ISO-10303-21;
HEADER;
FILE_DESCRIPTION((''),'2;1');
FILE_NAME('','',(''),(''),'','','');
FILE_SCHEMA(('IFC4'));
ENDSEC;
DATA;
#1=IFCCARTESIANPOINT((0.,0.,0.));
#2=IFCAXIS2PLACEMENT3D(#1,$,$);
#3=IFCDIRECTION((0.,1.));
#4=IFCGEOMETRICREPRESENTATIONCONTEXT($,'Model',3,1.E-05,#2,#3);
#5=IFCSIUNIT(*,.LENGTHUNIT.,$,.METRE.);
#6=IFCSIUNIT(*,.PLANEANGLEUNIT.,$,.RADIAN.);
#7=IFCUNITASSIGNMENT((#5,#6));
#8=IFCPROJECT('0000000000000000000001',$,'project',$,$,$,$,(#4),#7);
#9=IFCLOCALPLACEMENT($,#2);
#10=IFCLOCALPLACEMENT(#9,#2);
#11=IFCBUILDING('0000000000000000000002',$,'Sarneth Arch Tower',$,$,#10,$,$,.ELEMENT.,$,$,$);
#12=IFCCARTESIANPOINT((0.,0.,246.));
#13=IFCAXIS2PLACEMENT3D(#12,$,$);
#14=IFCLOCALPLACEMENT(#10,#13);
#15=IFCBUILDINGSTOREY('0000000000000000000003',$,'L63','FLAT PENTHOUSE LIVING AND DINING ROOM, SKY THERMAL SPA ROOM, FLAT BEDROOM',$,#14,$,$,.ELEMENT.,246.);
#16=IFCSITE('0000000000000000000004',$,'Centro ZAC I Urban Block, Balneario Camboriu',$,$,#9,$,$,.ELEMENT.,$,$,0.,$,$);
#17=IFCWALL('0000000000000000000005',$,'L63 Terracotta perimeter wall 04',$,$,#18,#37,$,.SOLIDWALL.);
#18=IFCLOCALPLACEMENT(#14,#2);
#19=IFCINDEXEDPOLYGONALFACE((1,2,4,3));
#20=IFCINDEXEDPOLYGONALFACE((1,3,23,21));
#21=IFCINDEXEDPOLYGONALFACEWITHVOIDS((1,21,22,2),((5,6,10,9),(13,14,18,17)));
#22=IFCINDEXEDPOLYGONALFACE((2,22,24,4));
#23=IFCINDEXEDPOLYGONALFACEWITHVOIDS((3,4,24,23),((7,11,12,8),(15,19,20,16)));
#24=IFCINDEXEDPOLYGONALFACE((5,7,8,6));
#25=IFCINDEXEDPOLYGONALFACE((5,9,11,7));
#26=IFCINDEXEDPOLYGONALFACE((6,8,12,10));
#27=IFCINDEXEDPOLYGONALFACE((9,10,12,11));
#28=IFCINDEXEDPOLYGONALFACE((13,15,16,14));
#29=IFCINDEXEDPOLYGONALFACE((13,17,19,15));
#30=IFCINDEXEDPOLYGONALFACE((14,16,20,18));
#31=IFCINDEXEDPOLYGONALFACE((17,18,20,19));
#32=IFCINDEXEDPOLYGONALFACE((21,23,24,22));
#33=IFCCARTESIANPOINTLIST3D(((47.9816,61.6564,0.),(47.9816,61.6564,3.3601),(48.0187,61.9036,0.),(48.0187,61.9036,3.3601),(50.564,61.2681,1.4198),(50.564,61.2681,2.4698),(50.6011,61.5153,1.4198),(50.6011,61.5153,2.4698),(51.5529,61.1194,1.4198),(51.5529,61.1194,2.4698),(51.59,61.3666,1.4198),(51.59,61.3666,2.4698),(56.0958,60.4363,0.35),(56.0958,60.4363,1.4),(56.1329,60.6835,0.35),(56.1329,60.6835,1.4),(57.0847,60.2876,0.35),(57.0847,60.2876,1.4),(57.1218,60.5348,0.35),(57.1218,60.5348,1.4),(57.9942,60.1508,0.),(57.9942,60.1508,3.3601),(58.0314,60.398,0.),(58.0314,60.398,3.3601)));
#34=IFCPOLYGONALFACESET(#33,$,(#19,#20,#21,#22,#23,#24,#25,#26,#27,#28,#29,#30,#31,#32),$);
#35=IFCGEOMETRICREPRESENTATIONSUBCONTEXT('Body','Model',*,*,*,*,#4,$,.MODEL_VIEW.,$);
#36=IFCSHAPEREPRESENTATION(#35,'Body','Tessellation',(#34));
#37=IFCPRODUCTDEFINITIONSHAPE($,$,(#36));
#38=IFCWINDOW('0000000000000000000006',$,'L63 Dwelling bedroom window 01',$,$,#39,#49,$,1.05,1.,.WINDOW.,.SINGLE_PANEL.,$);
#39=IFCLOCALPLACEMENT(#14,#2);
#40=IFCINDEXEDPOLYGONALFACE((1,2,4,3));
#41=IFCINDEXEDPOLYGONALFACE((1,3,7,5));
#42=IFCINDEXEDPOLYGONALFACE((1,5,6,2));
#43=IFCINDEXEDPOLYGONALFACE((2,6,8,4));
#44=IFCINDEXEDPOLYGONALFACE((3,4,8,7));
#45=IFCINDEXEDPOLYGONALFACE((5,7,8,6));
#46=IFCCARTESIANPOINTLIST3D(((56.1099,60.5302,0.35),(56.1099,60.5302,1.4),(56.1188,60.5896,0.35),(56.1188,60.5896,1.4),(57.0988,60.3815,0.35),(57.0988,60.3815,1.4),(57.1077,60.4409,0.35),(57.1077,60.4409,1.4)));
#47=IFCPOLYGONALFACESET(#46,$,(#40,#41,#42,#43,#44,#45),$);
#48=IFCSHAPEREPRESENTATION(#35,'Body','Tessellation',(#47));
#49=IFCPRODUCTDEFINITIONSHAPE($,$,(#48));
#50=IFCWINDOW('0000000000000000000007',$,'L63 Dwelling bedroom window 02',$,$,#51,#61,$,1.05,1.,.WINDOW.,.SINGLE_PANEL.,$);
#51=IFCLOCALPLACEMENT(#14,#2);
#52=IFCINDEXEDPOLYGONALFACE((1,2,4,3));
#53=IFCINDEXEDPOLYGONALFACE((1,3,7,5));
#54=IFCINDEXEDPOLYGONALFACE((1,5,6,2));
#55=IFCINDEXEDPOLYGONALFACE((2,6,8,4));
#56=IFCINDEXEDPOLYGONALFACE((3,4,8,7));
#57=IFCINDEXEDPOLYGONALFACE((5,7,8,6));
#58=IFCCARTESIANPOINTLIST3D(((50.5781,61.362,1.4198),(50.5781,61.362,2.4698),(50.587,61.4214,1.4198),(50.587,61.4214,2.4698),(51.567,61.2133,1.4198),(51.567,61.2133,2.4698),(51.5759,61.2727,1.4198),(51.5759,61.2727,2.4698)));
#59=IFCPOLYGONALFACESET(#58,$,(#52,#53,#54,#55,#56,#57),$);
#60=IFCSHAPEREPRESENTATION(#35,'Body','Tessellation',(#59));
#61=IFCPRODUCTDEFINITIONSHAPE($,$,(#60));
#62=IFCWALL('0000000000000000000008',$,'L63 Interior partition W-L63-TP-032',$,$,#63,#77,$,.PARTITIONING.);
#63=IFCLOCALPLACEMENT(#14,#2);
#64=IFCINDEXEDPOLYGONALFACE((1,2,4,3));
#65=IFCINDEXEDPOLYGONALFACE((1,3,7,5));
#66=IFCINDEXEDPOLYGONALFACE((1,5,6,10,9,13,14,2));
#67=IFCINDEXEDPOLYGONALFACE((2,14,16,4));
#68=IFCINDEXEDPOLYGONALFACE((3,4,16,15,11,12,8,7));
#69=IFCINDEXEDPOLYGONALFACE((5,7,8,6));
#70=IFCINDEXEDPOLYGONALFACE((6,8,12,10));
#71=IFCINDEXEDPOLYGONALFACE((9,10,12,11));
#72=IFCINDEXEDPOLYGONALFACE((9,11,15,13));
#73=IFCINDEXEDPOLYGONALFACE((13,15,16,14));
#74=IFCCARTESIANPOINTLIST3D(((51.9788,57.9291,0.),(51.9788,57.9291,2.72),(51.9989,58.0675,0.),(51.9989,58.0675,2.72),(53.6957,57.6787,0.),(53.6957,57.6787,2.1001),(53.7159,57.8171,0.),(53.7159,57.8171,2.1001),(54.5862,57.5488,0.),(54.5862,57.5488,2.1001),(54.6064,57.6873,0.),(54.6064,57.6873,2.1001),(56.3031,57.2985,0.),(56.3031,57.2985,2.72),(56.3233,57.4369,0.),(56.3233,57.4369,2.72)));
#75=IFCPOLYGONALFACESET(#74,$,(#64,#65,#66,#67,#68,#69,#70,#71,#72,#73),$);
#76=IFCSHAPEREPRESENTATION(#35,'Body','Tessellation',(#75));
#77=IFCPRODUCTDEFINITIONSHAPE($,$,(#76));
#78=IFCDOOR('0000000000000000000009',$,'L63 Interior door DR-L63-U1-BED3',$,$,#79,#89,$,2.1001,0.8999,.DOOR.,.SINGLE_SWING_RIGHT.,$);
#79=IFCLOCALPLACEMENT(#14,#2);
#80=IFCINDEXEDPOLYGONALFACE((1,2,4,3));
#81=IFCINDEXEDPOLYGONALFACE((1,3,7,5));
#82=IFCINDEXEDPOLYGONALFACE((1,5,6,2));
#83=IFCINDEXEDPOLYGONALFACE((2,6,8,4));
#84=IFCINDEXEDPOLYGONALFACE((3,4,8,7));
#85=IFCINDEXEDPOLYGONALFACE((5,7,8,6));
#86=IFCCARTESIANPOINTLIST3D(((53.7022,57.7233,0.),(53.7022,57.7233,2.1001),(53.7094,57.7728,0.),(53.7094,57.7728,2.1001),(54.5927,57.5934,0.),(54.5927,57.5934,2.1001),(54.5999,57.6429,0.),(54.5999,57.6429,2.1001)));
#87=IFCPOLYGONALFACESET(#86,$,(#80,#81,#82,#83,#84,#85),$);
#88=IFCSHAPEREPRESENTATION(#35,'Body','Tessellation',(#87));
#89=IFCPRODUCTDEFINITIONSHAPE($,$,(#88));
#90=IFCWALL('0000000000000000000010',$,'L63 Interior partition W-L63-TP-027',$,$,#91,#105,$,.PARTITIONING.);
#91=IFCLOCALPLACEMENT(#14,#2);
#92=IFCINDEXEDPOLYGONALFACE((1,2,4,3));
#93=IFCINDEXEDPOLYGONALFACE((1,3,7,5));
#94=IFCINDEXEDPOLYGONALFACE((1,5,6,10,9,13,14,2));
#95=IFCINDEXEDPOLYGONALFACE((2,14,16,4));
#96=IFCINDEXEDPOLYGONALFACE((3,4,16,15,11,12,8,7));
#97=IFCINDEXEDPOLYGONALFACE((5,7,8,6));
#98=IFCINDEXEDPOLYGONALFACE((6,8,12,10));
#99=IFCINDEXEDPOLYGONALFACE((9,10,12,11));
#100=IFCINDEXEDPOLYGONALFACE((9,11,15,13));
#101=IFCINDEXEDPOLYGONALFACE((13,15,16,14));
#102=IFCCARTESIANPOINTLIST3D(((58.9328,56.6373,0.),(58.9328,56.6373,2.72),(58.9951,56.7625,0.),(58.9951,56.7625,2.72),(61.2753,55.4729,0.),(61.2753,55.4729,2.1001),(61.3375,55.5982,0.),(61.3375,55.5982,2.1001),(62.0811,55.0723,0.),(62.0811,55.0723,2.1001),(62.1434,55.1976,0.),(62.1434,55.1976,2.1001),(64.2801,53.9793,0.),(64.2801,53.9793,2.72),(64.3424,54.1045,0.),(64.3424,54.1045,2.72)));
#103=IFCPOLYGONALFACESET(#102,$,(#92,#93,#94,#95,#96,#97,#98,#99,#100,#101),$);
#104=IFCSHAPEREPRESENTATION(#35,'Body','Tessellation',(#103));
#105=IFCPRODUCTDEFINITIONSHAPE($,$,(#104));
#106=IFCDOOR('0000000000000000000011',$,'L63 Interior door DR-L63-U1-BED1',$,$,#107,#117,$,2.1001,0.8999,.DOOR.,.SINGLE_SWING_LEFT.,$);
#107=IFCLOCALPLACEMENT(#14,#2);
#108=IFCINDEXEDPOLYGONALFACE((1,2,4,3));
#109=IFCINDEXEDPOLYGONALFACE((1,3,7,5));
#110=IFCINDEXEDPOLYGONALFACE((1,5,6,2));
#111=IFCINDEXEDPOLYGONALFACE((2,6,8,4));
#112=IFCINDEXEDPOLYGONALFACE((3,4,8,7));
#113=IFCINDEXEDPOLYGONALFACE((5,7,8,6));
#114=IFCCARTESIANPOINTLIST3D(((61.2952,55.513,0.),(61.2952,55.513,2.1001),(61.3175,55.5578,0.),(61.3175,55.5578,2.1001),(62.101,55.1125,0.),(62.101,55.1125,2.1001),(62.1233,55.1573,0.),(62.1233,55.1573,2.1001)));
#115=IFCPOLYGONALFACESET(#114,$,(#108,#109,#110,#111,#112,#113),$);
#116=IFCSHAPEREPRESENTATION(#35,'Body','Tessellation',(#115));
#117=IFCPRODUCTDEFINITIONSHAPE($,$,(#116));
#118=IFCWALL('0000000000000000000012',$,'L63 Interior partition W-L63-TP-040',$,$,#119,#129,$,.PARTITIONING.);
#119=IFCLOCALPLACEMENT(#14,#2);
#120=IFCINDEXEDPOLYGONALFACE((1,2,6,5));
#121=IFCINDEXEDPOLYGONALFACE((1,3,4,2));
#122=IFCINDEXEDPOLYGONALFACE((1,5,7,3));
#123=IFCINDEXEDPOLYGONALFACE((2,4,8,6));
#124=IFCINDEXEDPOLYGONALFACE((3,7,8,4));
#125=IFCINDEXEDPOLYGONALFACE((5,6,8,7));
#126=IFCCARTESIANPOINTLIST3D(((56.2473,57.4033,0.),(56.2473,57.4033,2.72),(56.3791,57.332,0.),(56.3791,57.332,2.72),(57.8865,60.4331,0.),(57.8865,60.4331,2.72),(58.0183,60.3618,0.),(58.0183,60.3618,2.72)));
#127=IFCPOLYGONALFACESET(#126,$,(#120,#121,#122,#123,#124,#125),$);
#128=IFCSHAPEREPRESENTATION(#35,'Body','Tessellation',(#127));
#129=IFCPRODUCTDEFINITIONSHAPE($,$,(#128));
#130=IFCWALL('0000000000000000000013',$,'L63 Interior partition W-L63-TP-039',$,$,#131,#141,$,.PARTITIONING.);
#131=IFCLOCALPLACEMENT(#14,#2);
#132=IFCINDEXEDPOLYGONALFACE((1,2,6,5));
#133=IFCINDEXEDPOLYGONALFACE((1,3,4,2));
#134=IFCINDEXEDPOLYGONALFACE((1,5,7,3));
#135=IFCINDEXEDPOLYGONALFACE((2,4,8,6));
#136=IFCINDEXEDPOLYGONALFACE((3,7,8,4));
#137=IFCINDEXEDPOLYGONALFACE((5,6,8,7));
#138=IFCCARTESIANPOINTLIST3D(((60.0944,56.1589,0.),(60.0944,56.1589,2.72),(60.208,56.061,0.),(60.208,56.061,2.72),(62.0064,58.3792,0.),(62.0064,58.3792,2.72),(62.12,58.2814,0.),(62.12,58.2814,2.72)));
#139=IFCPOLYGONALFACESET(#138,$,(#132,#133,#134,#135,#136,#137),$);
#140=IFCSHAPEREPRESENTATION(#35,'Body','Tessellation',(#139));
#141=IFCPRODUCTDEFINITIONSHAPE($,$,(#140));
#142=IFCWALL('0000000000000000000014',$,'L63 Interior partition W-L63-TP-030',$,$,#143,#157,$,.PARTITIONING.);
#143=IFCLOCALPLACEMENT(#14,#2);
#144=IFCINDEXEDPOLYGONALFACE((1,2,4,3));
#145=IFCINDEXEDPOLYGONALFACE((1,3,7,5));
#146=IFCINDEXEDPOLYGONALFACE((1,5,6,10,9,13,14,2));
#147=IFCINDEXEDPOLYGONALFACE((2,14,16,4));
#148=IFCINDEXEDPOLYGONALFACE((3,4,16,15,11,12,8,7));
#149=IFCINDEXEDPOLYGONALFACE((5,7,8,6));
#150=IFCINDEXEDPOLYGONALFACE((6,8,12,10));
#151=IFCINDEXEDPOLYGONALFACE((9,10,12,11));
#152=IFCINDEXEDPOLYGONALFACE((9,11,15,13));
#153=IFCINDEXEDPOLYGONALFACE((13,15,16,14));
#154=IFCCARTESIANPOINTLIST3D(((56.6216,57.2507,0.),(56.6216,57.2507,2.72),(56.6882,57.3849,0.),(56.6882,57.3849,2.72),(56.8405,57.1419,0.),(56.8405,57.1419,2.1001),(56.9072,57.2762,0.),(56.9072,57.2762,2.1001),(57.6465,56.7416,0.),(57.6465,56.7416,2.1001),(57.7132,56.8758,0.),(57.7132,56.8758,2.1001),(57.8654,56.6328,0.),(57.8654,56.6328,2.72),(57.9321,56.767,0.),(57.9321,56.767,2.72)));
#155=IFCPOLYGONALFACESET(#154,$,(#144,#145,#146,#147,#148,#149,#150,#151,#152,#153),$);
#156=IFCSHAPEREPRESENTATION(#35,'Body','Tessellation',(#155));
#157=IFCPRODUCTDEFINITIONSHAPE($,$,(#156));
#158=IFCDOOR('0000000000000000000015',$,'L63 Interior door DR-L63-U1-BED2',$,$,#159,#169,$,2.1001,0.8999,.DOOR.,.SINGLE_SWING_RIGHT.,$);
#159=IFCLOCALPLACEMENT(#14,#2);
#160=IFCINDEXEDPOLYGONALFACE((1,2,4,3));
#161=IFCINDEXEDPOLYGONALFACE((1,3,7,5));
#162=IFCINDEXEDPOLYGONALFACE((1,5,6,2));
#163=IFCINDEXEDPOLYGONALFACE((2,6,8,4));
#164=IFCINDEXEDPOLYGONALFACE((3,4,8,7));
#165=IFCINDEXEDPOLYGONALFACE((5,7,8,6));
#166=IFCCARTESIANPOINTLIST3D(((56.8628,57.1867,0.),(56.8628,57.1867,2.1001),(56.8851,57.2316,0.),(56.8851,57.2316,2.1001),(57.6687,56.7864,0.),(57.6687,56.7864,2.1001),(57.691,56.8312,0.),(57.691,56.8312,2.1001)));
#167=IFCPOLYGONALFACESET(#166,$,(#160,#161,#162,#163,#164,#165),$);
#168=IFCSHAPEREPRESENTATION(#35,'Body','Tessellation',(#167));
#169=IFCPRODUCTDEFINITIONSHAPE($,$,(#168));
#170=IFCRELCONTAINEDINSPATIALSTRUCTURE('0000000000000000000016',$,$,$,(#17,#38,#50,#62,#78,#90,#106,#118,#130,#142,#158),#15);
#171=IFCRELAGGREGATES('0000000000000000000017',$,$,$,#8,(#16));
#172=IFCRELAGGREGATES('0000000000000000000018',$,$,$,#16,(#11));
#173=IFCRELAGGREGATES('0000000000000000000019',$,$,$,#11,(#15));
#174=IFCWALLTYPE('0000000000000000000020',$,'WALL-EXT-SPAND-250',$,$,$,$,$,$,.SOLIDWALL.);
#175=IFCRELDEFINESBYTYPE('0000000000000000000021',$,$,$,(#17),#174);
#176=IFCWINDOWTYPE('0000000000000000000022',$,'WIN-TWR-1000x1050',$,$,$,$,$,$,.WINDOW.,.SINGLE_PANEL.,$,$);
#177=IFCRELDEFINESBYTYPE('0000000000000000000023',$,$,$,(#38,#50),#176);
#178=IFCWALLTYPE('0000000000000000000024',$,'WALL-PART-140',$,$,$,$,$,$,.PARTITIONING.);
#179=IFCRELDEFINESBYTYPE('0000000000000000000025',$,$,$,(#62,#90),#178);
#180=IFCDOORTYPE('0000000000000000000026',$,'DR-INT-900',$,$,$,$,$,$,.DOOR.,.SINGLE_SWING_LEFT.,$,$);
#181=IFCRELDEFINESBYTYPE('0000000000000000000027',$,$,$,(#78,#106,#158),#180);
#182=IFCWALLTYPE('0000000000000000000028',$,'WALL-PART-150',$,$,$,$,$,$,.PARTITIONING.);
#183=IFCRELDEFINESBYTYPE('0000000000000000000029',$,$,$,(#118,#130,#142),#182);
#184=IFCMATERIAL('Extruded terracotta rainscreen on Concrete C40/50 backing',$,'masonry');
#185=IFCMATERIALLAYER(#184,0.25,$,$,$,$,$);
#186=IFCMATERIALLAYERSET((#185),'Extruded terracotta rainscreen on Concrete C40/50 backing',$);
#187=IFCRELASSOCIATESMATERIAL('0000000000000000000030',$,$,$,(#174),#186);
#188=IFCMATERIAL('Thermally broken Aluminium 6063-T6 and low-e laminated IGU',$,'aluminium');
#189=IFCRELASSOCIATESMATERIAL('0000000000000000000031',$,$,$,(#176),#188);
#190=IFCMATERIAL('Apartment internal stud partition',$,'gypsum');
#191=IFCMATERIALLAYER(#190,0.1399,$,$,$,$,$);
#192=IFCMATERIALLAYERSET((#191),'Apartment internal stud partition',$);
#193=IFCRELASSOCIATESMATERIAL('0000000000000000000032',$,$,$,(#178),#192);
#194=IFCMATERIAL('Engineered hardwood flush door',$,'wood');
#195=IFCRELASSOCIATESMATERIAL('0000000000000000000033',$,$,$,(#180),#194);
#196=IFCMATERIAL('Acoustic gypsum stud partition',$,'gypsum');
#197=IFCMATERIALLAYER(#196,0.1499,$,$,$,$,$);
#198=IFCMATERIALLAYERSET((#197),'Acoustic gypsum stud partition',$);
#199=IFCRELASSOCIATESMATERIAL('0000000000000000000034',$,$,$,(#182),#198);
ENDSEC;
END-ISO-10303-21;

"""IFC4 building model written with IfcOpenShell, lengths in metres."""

from ifc_helpers import new_model, si_unit, direction, frame, frame_2d, origin, place, context, subcontext, project, spatial, rectangle, extrude, material, layer, layer_set, type_object, element, fill, save


model = new_model("IFC4")

# Units and contexts
model_context = context("Model", 3, precision=1e-05, world=origin(), true_north=direction((0.0, 1.0)))
body_context = subcontext(model_context, "Body", "Model", "MODEL_VIEW")
ifc_project = project(units=[si_unit("LENGTHUNIT", "METRE"), si_unit("PLANEANGLEUNIT", "RADIAN")], contexts=[model_context])

# Site, building, storey
site_placement = place(None, origin())
site = spatial("IfcSite", under=ifc_project, at=site_placement, Name="Centro ZAC I Urban Block, Balneario Camboriu", CompositionType="ELEMENT", RefElevation=0.0)
building_placement = place(site_placement, origin())
building = spatial("IfcBuilding", under=site, at=building_placement, Name="Sarneth Arch Tower", CompositionType="ELEMENT")
storey_placement = place(building_placement, frame((0.0, 0.0, 246.0)))
storey = spatial("IfcBuildingStorey", under=building, at=storey_placement, Name="L63", Description="FLAT PENTHOUSE LIVING AND DINING ROOM, SKY THERMAL SPA ROOM, FLAT BEDROOM", CompositionType="ELEMENT", Elevation=246.0)

# Wall, openings, windows
ifc_material_1 = material(Name="Extruded terracotta rainscreen on Concrete C40/50 backing", Category="masonry")
ifc_layer_1 = layer(ifc_material_1, 0.25)
ifc_layer_set_1 = layer_set([ifc_layer_1], Name="Extruded terracotta rainscreen on Concrete C40/50 backing")
wall_type_1 = type_object("IfcWallType", Name="WALL-EXT-SPAND-250", PredefinedType="SOLIDWALL", material=ifc_layer_set_1)
wall_1_placement = place(storey_placement, frame((58.0127, 60.2744, 0.0), z_axis=(0.0, 0.0, 1.0), x_axis=(-0.988883, 0.148699, 0.0)))
wall_1 = element("IfcWall", 1, at=wall_1_placement, inside=storey, type_object=wall_type_1, Name="L63 Terracotta perimeter wall 04", PredefinedType="SOLIDWALL", context=body_context, shape_type="SweptSolid", body=[
    extrude(rectangle(XDim=10.1252, YDim=0.25, at=frame_2d((5.0625, 0.0))), origin(), (0.0, 0.0, 1.0), 3.3601),
])
opening_1_placement = place(wall_1_placement, frame((0.9197, 0.0, 0.3501)))
opening_1 = element("IfcOpeningElement", 2, at=opening_1_placement, cuts=wall_1, PredefinedType="OPENING", context=body_context, shape_type="SweptSolid", body=[
    extrude(rectangle(XDim=1.0, YDim=1.05, at=frame_2d((0.5, 0.5249))), frame((0.0, 0.135, 0.0), z_axis=(0.0, -1.0, 0.0), x_axis=(1.0, 0.0, 0.0)), (0.0, 0.0, 1.0), 0.27),
])
opening_2_placement = place(wall_1_placement, frame((6.5137, 0.0, 1.4199)))
opening_2 = element("IfcOpeningElement", 3, at=opening_2_placement, cuts=wall_1, PredefinedType="OPENING", context=body_context, shape_type="SweptSolid", body=[
    extrude(rectangle(XDim=1.0, YDim=1.05, at=frame_2d((0.5, 0.5249))), frame((0.0, 0.135, 0.0), z_axis=(0.0, -1.0, 0.0), x_axis=(1.0, 0.0, 0.0)), (0.0, 0.0, 1.0), 0.27),
])
ifc_material_2 = material(Name="Thermally broken Aluminium 6063-T6 and low-e laminated IGU", Category="aluminium")
window_type = type_object("IfcWindowType", Name="WIN-TWR-1000x1050", PartitioningType="SINGLE_PANEL", PredefinedType="WINDOW", material=ifc_material_2)
window_1_placement = place(opening_1_placement, origin())
window_1 = element("IfcWindow", 4, at=window_1_placement, inside=storey, type_object=window_type, Name="L63 Dwelling bedroom window 01", OverallHeight=1.05, OverallWidth=1.0, PartitioningType="SINGLE_PANEL", PredefinedType="WINDOW", context=body_context, shape_type="SweptSolid", body=[
    extrude(rectangle(XDim=1.0, YDim=1.05, at=frame_2d((0.5, 0.5249))), frame((0.0, 0.03, 0.0), z_axis=(0.0, -1.0, 0.0), x_axis=(1.0, 0.0, 0.0)), (0.0, 0.0, 1.0), 0.0601),
])
fill(opening_1, window_1)
window_2_placement = place(opening_2_placement, origin())
window_2 = element("IfcWindow", 5, at=window_2_placement, inside=storey, type_object=window_type, Name="L63 Dwelling bedroom window 02", OverallHeight=1.05, OverallWidth=1.0, PartitioningType="SINGLE_PANEL", PredefinedType="WINDOW", context=body_context, shape_type="SweptSolid", body=[
    extrude(rectangle(XDim=1.0, YDim=1.05, at=frame_2d((0.5, 0.5249))), frame((0.0, 0.03, 0.0), z_axis=(0.0, -1.0, 0.0), x_axis=(1.0, 0.0, 0.0)), (0.0, 0.0, 1.0), 0.0601),
])
fill(opening_2, window_2)

# Walls, openings, doors
ifc_material_3 = material(Name="Apartment internal stud partition", Category="gypsum")
ifc_layer_2 = layer(ifc_material_3, 0.1399)
ifc_layer_set_2 = layer_set([ifc_layer_2], Name="Apartment internal stud partition")
wall_type_2 = type_object("IfcWallType", Name="WALL-PART-140", PredefinedType="PARTITIONING", material=ifc_layer_set_2)
wall_2_placement = place(storey_placement, frame((56.3132, 57.3677, 0.0), z_axis=(0.0, 0.0, 1.0), x_axis=(-0.989534, 0.144299, 0.0)))
wall_2 = element("IfcWall", 6, at=wall_2_placement, inside=storey, type_object=wall_type_2, Name="L63 Interior partition W-L63-TP-032", PredefinedType="PARTITIONING", context=body_context, shape_type="SweptSolid", body=[
    extrude(rectangle(XDim=4.3701, YDim=0.1399, at=frame_2d((2.1851, 0.0))), origin(), (0.0, 0.0, 1.0), 2.72),
])
opening_3_placement = place(wall_2_placement, frame((1.7351, 0.0, 0.0)))
opening_3 = element("IfcOpeningElement", 7, at=opening_3_placement, cuts=wall_2, PredefinedType="OPENING", context=body_context, shape_type="SweptSolid", body=[
    extrude(rectangle(XDim=0.8999, YDim=2.1001, at=frame_2d((0.45, 1.05))), frame((0.0, 0.0798, 0.0), z_axis=(0.0, -1.0, 0.0), x_axis=(1.0, 0.0, 0.0)), (0.0, 0.0, 1.0), 0.1599),
])
ifc_material_4 = material(Name="Engineered hardwood flush door", Category="wood")
door_type_1 = type_object("IfcDoorType", Name="DR-INT-900", OperationType="SINGLE_SWING_LEFT", PredefinedType="DOOR", material=ifc_material_4)
door_1_placement = place(opening_3_placement, origin())
door_1 = element("IfcDoor", 8, at=door_1_placement, inside=storey, type_object=door_type_1, Name="L63 Interior door DR-L63-U1-BED3", OperationType="SINGLE_SWING_RIGHT", OverallHeight=2.1001, OverallWidth=0.8999, PredefinedType="DOOR", context=body_context, shape_type="SweptSolid", body=[
    extrude(rectangle(XDim=0.8999, YDim=2.1001, at=frame_2d((0.45, 1.05))), frame((0.0, 0.0249, 0.0), z_axis=(0.0, -1.0, 0.0), x_axis=(1.0, 0.0, 0.0)), (0.0, 0.0, 1.0), 0.05),
])
fill(opening_3, door_1)
wall_3_placement = place(storey_placement, frame((58.9639, 56.7, 0.0), z_axis=(0.0, 0.0, 1.0), x_axis=(0.895471, -0.445119, 0.0)))
wall_3 = element("IfcWall", 9, at=wall_3_placement, inside=storey, type_object=wall_type_2, Name="L63 Interior partition W-L63-TP-027", PredefinedType="PARTITIONING", context=body_context, shape_type="SweptSolid", body=[
    extrude(rectangle(XDim=5.9714, YDim=0.1399, at=frame_2d((2.9858, 0.0))), origin(), (0.0, 0.0, 1.0), 2.72),
])
opening_4_placement = place(wall_3_placement, frame((2.616, 0.0, 0.0)))
opening_4 = element("IfcOpeningElement", 10, at=opening_4_placement, cuts=wall_3, PredefinedType="OPENING", context=body_context, shape_type="SweptSolid", body=[
    extrude(rectangle(XDim=0.8999, YDim=2.1001, at=frame_2d((0.45, 1.05))), frame((0.0, 0.0798, 0.0), z_axis=(0.0, -1.0, 0.0), x_axis=(1.0, 0.0, 0.0)), (0.0, 0.0, 1.0), 0.1599),
])
door_2_placement = place(opening_4_placement, origin())
door_2 = element("IfcDoor", 11, at=door_2_placement, inside=storey, type_object=door_type_1, Name="L63 Interior door DR-L63-U1-BED1", OperationType="SINGLE_SWING_LEFT", OverallHeight=2.1001, OverallWidth=0.8999, PredefinedType="DOOR", context=body_context, shape_type="SweptSolid", body=[
    extrude(rectangle(XDim=0.8999, YDim=2.1001, at=frame_2d((0.45, 1.05))), frame((0.0, 0.0249, 0.0), z_axis=(0.0, -1.0, 0.0), x_axis=(1.0, 0.0, 0.0)), (0.0, 0.0, 1.0), 0.05),
])
fill(opening_4, door_2)

# Walls
ifc_material_5 = material(Name="Acoustic gypsum stud partition", Category="gypsum")
ifc_layer_3 = layer(ifc_material_5, 0.1499)
ifc_layer_set_3 = layer_set([ifc_layer_3], Name="Acoustic gypsum stud partition")
wall_type_3 = type_object("IfcWallType", Name="WALL-PART-150", PredefinedType="PARTITIONING", material=ifc_layer_set_3)
wall_4_placement = place(storey_placement, frame((57.9524, 60.3975, 0.0), z_axis=(0.0, 0.0, 1.0), x_axis=(-0.47584, -0.879532, 0.0)))
element("IfcWall", 12, at=wall_4_placement, inside=storey, type_object=wall_type_3, Name="L63 Interior partition W-L63-TP-040", PredefinedType="PARTITIONING", context=body_context, shape_type="SweptSolid", body=[
    extrude(rectangle(XDim=3.4448, YDim=0.1499, at=frame_2d((1.7224, 0.0))), origin(), (0.0, 0.0, 1.0), 2.72),
])
wall_5_placement = place(storey_placement, frame((62.0632, 58.3303, 0.0), z_axis=(0.0, 0.0, 1.0), x_axis=(-0.652532, -0.757761, 0.0)))
element("IfcWall", 13, at=wall_5_placement, inside=storey, type_object=wall_type_3, Name="L63 Interior partition W-L63-TP-039", PredefinedType="PARTITIONING", context=body_context, shape_type="SweptSolid", body=[
    extrude(rectangle(XDim=2.9302, YDim=0.1499, at=frame_2d((1.4651, 0.0))), origin(), (0.0, 0.0, 1.0), 2.72),
])

# Wall, opening, door
wall_6_placement = place(storey_placement, frame((57.8987, 56.7, 0.0), z_axis=(0.0, 0.0, 1.0), x_axis=(-0.895584, 0.444892, 0.0)))
wall_6 = element("IfcWall", 14, at=wall_6_placement, inside=storey, type_object=wall_type_3, Name="L63 Interior partition W-L63-TP-030", PredefinedType="PARTITIONING", context=body_context, shape_type="SweptSolid", body=[
    extrude(rectangle(XDim=1.3889, YDim=0.1499, at=frame_2d((0.6943, 0.0))), origin(), (0.0, 0.0, 1.0), 2.72),
])
opening_5_placement = place(wall_6_placement, frame((0.2444, 0.0, 0.0)))
opening_5 = element("IfcOpeningElement", 15, at=opening_5_placement, cuts=wall_6, PredefinedType="OPENING", context=body_context, shape_type="SweptSolid", body=[
    extrude(rectangle(XDim=0.8999, YDim=2.1001, at=frame_2d((0.45, 1.05))), frame((0.0, 0.085, 0.0), z_axis=(0.0, -1.0, 0.0), x_axis=(1.0, 0.0, 0.0)), (0.0, 0.0, 1.0), 0.1699),
])
door_3_placement = place(opening_5_placement, origin())
door_3 = element("IfcDoor", 16, at=door_3_placement, inside=storey, type_object=door_type_1, Name="L63 Interior door DR-L63-U1-BED2", OperationType="SINGLE_SWING_RIGHT", OverallHeight=2.1001, OverallWidth=0.8999, PredefinedType="DOOR", context=body_context, shape_type="SweptSolid", body=[
    extrude(rectangle(XDim=0.8999, YDim=2.1001, at=frame_2d((0.45, 1.05))), frame((0.0, 0.0249, 0.0), z_axis=(0.0, -1.0, 0.0), x_axis=(1.0, 0.0, 0.0)), (0.0, 0.0, 1.0), 0.05),
])
fill(opening_5, door_3)

save(model, "model.ifc")
